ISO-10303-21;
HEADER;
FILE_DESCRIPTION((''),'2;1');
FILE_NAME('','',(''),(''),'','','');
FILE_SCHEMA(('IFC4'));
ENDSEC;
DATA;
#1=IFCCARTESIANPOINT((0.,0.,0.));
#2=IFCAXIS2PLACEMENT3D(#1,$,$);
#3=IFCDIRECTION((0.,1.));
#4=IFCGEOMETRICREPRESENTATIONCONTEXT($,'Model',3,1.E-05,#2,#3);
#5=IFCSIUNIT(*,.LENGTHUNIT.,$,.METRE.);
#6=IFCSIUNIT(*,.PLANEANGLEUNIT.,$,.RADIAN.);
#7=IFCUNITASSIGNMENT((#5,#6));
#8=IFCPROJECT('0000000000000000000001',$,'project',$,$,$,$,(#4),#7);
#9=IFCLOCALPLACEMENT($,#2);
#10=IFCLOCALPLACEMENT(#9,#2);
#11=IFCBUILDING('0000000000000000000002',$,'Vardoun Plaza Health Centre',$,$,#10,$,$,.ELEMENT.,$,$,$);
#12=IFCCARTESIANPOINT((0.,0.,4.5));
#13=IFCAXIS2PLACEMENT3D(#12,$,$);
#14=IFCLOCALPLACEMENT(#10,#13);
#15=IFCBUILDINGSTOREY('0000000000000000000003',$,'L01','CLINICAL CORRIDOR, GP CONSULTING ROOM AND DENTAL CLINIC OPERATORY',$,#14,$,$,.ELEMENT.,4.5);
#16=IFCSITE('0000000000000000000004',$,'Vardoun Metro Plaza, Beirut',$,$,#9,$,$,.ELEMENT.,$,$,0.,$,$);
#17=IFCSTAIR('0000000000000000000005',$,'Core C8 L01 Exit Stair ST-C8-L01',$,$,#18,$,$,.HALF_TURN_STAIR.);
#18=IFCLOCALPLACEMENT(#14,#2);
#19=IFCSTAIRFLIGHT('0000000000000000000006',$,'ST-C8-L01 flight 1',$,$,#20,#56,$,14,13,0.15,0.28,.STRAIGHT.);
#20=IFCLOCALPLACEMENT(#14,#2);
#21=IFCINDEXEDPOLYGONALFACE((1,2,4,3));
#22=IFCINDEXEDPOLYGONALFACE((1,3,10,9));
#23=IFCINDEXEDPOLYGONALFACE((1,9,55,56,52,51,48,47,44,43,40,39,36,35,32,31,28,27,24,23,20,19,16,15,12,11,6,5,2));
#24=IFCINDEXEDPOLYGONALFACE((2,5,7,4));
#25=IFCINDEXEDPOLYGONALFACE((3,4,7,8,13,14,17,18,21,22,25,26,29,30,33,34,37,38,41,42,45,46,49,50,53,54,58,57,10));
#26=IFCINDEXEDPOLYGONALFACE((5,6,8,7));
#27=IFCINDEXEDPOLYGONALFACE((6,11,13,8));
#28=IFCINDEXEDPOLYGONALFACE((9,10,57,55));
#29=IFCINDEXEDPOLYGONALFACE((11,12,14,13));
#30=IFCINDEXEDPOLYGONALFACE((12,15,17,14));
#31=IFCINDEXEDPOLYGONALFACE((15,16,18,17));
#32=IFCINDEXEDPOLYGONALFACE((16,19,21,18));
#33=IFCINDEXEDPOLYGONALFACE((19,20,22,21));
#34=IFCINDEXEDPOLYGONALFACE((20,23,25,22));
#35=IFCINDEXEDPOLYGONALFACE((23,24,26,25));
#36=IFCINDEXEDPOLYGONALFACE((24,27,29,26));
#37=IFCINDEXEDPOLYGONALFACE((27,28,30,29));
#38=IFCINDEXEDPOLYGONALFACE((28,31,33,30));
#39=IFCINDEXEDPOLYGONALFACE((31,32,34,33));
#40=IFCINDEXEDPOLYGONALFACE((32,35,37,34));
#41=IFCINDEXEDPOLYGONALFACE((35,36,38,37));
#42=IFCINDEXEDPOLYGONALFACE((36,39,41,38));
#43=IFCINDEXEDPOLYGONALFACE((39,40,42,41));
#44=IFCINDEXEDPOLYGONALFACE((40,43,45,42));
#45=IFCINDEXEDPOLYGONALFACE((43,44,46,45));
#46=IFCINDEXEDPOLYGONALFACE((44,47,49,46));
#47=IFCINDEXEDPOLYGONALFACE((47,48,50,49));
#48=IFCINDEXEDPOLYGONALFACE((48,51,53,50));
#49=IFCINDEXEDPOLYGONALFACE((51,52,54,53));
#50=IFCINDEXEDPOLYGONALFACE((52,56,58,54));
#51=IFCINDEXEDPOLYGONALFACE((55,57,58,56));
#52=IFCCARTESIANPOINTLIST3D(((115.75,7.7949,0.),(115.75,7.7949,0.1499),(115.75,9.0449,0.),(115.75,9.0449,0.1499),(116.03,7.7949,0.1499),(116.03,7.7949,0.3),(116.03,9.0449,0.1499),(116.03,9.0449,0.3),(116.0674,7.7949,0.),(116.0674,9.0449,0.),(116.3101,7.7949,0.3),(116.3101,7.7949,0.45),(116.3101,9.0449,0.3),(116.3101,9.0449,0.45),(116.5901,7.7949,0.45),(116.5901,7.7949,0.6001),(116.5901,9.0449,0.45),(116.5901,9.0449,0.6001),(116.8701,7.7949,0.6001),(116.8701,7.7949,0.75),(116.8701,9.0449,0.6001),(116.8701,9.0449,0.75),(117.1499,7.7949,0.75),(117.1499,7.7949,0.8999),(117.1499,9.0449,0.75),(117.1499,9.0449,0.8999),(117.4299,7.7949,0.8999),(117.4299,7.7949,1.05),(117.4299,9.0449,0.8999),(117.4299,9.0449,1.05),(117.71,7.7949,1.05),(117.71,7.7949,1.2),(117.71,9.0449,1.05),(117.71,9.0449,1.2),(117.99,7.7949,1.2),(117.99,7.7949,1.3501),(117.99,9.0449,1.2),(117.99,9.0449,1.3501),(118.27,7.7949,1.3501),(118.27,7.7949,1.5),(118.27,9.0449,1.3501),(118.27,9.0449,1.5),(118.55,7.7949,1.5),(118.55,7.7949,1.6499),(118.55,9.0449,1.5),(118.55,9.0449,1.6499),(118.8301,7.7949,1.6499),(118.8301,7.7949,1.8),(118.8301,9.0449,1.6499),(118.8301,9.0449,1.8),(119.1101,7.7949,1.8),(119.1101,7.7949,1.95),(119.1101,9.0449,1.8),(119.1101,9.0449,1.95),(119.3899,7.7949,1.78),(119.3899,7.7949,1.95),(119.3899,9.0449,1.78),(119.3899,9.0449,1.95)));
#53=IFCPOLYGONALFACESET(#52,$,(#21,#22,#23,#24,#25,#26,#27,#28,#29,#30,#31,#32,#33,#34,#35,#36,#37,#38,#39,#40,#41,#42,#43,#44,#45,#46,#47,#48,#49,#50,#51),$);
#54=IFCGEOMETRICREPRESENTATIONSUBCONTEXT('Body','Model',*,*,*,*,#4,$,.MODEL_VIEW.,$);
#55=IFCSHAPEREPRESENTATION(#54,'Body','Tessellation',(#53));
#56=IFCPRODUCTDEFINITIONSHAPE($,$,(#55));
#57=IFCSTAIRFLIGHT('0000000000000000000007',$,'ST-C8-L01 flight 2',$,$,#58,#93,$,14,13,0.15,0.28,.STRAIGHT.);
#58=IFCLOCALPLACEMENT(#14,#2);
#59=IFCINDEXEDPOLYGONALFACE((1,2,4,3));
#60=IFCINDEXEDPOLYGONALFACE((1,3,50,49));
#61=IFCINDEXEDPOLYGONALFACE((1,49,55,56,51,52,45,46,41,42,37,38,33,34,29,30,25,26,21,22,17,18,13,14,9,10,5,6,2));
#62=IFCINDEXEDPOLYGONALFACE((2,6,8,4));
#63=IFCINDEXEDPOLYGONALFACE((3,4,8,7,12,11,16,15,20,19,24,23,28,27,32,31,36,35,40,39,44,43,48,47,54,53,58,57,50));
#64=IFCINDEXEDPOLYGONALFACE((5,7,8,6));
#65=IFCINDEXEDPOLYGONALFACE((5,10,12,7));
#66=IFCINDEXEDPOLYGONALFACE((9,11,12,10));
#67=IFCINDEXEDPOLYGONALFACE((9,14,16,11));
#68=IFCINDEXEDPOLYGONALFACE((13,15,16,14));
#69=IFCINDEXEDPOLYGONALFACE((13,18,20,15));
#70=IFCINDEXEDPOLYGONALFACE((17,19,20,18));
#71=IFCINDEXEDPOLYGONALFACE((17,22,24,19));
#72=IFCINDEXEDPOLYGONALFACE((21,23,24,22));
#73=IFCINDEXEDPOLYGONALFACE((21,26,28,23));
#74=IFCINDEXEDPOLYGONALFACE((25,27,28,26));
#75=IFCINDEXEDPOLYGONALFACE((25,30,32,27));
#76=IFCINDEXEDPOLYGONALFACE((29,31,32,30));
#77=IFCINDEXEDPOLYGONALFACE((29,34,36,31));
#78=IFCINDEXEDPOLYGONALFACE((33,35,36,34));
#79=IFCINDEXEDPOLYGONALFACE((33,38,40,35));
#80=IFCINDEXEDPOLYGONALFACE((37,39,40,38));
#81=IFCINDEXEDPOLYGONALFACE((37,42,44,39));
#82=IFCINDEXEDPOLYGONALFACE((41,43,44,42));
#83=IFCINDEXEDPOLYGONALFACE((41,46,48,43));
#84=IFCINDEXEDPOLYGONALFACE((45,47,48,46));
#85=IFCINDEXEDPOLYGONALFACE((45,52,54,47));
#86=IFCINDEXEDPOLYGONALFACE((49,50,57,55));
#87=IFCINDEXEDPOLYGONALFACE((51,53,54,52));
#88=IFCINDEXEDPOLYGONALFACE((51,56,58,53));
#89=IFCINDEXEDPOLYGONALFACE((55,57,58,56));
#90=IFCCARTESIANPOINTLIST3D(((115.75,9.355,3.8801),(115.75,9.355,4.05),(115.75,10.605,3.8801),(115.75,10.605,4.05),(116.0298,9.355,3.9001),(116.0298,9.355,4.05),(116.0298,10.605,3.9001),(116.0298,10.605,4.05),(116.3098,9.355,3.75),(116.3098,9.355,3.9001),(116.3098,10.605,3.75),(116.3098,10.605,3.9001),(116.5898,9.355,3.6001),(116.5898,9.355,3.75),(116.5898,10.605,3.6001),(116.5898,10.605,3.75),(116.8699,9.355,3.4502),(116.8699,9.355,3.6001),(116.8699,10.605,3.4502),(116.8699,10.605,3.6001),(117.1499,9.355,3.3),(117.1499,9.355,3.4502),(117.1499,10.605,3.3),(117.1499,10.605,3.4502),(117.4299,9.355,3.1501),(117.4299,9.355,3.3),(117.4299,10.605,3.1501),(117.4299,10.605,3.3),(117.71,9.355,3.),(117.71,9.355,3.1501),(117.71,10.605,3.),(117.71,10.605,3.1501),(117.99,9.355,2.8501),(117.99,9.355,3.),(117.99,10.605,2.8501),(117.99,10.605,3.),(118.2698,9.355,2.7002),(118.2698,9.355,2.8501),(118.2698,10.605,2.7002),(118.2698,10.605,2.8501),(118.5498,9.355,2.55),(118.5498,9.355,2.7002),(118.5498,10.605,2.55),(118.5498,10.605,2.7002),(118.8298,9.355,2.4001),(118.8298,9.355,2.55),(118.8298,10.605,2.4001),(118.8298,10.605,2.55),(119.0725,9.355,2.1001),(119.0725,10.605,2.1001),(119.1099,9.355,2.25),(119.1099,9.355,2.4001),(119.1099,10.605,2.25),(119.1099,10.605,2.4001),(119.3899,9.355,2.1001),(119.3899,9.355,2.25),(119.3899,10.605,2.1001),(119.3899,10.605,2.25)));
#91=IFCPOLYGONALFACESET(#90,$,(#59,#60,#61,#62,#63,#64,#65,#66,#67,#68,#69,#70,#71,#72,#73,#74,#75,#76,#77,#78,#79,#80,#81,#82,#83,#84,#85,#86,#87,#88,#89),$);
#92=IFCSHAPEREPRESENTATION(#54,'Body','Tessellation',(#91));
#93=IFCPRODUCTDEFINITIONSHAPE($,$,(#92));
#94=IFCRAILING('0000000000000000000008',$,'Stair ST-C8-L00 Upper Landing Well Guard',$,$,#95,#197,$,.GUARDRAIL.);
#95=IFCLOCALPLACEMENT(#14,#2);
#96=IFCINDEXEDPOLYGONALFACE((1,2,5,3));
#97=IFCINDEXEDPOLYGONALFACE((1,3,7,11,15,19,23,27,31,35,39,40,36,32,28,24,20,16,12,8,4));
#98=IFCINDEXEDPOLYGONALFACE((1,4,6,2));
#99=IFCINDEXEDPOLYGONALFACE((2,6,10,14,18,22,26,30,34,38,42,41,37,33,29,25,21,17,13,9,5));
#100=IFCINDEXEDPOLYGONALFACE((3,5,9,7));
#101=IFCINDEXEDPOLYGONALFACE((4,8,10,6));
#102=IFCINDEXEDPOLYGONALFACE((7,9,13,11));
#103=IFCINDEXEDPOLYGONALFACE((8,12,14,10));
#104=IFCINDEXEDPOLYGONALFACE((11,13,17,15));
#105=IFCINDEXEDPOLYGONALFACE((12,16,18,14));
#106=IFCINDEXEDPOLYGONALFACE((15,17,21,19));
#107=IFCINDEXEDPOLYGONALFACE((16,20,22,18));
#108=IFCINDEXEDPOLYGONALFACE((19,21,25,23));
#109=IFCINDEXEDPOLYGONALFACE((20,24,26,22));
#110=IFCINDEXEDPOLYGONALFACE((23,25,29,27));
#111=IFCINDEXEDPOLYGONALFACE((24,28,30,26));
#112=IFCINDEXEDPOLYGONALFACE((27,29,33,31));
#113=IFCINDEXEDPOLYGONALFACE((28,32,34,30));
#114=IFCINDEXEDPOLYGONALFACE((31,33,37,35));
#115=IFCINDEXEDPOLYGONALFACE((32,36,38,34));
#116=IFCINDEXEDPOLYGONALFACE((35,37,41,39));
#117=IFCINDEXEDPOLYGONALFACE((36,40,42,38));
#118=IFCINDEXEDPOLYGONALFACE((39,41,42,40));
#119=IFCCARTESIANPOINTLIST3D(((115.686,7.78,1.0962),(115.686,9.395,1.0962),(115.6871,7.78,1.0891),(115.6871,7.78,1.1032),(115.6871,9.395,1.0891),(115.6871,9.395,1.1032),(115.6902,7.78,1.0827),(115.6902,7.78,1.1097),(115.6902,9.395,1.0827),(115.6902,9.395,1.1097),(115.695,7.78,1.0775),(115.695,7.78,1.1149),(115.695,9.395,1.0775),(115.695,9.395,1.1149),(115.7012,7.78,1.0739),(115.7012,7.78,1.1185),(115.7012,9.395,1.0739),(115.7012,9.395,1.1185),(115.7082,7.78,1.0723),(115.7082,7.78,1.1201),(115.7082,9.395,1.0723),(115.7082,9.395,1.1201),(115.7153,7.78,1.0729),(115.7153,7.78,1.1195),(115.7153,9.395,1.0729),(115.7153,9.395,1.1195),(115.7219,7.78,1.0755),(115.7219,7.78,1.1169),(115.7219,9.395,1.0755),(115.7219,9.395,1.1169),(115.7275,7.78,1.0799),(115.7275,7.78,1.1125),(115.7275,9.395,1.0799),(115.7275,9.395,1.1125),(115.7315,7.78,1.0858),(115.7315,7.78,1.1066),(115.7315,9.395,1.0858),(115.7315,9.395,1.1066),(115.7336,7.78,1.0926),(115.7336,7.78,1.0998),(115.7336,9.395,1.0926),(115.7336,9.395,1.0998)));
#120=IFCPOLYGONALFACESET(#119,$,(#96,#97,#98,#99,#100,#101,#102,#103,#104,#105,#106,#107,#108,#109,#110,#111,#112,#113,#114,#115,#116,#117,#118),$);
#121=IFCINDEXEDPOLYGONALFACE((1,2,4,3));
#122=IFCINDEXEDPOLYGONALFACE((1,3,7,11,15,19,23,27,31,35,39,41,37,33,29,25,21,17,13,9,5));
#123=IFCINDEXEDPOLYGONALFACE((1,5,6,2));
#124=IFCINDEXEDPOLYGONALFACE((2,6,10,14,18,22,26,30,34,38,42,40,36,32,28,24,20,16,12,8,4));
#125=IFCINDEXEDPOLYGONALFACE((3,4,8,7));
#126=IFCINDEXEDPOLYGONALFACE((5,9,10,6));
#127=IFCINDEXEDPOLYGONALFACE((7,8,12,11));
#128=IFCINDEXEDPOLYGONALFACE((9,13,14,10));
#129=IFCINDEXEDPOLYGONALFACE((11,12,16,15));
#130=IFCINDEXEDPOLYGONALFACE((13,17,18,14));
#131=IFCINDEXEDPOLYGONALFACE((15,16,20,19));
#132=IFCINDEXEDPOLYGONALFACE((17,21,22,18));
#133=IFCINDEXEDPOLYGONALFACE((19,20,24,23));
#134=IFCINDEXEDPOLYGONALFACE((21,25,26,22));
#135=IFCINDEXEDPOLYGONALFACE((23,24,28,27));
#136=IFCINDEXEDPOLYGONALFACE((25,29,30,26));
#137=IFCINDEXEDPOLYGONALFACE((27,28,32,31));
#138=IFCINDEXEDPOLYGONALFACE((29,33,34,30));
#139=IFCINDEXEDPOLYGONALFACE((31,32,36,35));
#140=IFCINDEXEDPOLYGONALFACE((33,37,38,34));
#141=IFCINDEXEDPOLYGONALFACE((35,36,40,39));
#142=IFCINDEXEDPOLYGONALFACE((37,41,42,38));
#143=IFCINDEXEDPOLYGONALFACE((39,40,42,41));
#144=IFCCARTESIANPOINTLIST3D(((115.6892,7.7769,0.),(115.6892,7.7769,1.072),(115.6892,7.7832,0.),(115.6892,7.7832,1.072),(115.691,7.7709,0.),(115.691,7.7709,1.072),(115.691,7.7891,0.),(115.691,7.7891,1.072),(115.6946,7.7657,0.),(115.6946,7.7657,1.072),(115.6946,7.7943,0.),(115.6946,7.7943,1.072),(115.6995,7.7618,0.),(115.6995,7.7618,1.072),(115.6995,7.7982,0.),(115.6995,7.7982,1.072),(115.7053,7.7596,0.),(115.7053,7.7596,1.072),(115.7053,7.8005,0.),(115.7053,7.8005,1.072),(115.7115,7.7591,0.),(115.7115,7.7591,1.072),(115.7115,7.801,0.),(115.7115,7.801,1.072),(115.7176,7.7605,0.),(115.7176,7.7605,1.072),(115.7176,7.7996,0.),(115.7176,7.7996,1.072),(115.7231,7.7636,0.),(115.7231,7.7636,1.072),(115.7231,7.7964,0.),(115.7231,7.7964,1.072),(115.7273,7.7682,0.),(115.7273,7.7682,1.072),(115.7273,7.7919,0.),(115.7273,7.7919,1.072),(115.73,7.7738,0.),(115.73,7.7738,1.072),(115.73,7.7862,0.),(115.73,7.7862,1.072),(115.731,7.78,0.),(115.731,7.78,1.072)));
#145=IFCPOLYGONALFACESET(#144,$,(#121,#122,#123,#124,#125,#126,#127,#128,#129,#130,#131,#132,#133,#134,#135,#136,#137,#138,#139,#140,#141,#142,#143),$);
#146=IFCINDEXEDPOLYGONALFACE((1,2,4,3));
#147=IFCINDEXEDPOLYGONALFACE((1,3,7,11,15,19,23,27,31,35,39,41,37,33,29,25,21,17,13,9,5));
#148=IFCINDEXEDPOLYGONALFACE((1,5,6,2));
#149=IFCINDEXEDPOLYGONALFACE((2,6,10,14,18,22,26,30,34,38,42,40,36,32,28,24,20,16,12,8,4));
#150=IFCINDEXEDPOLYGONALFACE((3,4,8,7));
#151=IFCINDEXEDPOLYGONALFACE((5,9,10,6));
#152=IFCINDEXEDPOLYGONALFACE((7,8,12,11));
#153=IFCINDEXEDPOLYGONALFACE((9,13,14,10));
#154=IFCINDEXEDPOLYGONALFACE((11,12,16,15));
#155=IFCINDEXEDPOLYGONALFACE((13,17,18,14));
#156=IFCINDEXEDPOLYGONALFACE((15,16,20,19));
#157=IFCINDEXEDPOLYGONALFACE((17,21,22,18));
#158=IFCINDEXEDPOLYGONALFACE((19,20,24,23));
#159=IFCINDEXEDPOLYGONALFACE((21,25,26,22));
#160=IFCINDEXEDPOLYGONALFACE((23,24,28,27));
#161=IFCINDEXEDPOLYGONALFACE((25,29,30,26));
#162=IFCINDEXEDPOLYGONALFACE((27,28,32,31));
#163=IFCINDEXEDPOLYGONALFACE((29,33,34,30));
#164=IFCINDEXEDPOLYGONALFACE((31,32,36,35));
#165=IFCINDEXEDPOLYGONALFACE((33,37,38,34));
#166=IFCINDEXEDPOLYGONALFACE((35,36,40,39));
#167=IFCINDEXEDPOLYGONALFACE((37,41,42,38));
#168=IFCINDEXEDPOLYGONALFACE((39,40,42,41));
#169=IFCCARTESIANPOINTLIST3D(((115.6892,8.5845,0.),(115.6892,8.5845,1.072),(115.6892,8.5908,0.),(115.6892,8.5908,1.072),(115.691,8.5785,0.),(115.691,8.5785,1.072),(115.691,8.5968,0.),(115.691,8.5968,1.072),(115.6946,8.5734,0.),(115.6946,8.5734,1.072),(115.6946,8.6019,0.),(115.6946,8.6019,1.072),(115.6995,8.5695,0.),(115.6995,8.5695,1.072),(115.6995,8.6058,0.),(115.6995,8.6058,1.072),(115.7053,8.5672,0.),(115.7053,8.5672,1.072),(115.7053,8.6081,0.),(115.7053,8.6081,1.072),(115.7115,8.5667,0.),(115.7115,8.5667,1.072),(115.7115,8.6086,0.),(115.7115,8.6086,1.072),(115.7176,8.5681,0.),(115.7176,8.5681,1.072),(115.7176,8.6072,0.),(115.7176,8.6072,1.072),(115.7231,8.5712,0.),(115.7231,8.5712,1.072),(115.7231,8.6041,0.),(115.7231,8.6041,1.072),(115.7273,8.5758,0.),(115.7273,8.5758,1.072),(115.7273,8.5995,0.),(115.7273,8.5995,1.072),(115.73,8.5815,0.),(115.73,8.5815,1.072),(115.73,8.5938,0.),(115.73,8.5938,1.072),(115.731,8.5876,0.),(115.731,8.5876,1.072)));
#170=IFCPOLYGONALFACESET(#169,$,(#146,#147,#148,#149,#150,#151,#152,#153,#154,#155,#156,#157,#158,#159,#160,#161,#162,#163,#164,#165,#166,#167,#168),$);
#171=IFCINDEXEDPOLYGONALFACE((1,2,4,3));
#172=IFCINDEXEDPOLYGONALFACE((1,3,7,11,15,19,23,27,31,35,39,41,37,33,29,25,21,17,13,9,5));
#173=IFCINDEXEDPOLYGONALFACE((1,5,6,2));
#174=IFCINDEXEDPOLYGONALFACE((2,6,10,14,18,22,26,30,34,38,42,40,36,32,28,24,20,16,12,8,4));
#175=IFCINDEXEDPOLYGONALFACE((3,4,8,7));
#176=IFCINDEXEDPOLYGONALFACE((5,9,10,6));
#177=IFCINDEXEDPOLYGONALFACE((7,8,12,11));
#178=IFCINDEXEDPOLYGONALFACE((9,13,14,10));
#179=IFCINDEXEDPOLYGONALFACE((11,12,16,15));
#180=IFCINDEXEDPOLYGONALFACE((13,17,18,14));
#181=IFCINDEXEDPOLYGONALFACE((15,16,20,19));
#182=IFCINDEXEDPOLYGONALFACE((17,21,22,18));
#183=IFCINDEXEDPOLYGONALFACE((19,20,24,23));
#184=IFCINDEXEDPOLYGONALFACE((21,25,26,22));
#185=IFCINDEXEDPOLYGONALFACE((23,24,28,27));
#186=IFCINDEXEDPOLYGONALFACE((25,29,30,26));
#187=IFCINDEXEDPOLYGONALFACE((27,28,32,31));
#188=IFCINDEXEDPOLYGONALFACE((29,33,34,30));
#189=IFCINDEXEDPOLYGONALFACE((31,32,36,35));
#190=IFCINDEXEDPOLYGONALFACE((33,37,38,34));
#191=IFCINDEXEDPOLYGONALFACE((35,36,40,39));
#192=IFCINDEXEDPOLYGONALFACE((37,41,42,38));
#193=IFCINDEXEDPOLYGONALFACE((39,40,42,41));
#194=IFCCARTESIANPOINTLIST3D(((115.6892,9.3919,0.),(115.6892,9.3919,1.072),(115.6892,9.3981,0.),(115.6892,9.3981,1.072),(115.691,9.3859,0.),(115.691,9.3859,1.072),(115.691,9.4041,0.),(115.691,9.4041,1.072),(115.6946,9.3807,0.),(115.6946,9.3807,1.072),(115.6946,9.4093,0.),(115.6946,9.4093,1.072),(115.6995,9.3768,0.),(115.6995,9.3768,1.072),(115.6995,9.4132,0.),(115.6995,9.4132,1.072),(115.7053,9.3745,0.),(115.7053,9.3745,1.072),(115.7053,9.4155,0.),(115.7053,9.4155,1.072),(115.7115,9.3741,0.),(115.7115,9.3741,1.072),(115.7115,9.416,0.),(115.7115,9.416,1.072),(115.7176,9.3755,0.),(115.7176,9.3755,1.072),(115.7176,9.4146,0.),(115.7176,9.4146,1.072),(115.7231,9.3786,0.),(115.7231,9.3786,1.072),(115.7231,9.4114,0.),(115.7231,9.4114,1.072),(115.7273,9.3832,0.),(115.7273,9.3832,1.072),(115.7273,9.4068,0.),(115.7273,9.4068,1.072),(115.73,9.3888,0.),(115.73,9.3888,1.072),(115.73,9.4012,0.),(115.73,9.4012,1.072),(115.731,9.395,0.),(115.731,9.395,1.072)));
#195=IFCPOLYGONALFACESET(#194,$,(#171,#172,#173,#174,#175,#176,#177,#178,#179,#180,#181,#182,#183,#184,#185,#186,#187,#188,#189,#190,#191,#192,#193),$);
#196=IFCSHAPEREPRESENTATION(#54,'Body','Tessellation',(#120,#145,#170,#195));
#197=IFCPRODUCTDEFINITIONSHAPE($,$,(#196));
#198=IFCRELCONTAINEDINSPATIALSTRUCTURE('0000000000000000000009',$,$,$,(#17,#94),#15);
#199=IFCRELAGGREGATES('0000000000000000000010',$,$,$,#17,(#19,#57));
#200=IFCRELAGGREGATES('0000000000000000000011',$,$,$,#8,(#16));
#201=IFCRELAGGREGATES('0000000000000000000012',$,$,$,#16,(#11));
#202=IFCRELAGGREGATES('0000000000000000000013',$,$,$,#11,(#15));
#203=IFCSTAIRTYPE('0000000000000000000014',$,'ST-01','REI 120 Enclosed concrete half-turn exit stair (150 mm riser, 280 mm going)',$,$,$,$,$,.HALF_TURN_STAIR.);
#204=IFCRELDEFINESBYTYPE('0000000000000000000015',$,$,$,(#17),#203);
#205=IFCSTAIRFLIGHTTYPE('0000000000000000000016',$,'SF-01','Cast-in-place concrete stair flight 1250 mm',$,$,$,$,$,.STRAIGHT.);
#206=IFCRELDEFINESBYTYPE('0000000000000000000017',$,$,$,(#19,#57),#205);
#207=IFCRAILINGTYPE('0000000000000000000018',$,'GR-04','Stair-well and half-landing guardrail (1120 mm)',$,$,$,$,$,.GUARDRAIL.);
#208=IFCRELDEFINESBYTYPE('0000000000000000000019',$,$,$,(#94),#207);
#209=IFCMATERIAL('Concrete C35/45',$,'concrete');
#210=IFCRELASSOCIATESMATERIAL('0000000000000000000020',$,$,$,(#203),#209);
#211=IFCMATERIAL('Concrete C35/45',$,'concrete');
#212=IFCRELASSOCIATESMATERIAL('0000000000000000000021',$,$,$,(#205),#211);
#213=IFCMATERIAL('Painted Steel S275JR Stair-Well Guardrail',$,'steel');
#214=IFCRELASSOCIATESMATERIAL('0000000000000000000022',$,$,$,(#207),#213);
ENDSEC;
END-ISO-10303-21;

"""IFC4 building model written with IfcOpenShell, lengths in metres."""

from ifc_helpers import new_model, si_unit, direction, frame, origin, origin_2d, place, context, subcontext, project, spatial, polyline, circle, outline, extrude, material, type_object, element, aggregate, save


model = new_model("IFC4")

# Units and contexts
model_context = context("Model", 3, precision=1e-05, world=origin(), true_north=direction((0.0, 1.0)))
body_context = subcontext(model_context, "Body", "Model", "MODEL_VIEW")
ifc_project = project(units=[si_unit("LENGTHUNIT", "METRE"), si_unit("PLANEANGLEUNIT", "RADIAN")], contexts=[model_context])

# Site, building, storey
site_placement = place(None, origin())
site = spatial("IfcSite", under=ifc_project, at=site_placement, Name="Vardoun Metro Plaza, Beirut", CompositionType="ELEMENT", RefElevation=0.0)
building_placement = place(site_placement, origin())
building = spatial("IfcBuilding", under=site, at=building_placement, Name="Vardoun Plaza Health Centre", CompositionType="ELEMENT")
storey_placement = place(building_placement, frame((0.0, 0.0, 4.5)))
storey = spatial("IfcBuildingStorey", under=building, at=storey_placement, Name="L01", Description="CLINICAL CORRIDOR, GP CONSULTING ROOM AND DENTAL CLINIC OPERATORY", CompositionType="ELEMENT", Elevation=4.5)

# Stair, stair flights
ifc_material_1 = material(Name="Concrete C35/45", Category="concrete")
stair_type = type_object("IfcStairType", Name="ST-01", Description="REI 120 Enclosed concrete half-turn exit stair (150 mm riser, 280 mm going)", PredefinedType="HALF_TURN_STAIR", material=ifc_material_1)
stair_placement = place(storey_placement, origin())
stair = element("IfcStair", 1, at=stair_placement, inside=storey, type_object=stair_type, Name="Core C8 L01 Exit Stair ST-C8-L01", PredefinedType="HALF_TURN_STAIR")
ifc_material_2 = material(Name="Concrete C35/45", Category="concrete")
stair_flight_type = type_object("IfcStairFlightType", Name="SF-01", Description="Cast-in-place concrete stair flight 1250 mm", PredefinedType="STRAIGHT", material=ifc_material_2)
stair_flight_1_placement = place(storey_placement, frame((115.75, 8.4199, 0.0), z_axis=(0.0, 0.0, 1.0), x_axis=(1.0, 0.0, 0.0)))
stair_flight_1 = element("IfcStairFlight", 2, at=stair_flight_1_placement, type_object=stair_flight_type, Name="ST-C8-L01 flight 1", NumberOfRisers=14, NumberOfTreads=13, PredefinedType="STRAIGHT", RiserHeight=0.15, TreadLength=0.28, context=body_context, shape_type="SweptSolid", body=[
    extrude(outline(polyline([(0.0, 0.0), (0.0, 0.1499), (0.28, 0.1499), (0.28, 0.3), (0.5601, 0.3), (0.5601, 0.45), (0.8401, 0.45), (0.8401, 0.6001), (1.1201, 0.6001), (1.1201, 0.75), (1.3999, 0.75), (1.3999, 0.8999), (1.6799, 0.8999), (1.6799, 1.05), (1.96, 1.05), (1.96, 1.2), (2.24, 1.2), (2.24, 1.3501), (2.52, 1.3501), (2.52, 1.5), (2.8, 1.5), (2.8, 1.6499), (3.0801, 1.6499), (3.0801, 1.8), (3.3601, 1.8), (3.3601, 1.95), (3.6399, 1.95), (3.6399, 2.1001), (3.6399, 1.78), (0.3174, 0.0), (0.0, 0.0)])), frame((0.0, 0.625, 0.0), z_axis=(0.0, -1.0, 0.0), x_axis=(1.0, 0.0, 0.0)), (0.0, 0.0, 1.0), 1.25),
])
stair_flight_2_placement = place(storey_placement, frame((119.3899, 9.98, 2.1001), z_axis=(0.0, 0.0, 1.0), x_axis=(-1.0, 0.0, 0.0)))
stair_flight_2 = element("IfcStairFlight", 3, at=stair_flight_2_placement, type_object=stair_flight_type, Name="ST-C8-L01 flight 2", NumberOfRisers=14, NumberOfTreads=13, PredefinedType="STRAIGHT", RiserHeight=0.15, TreadLength=0.28, context=body_context, shape_type="SweptSolid", body=[
    extrude(outline(polyline([(0.0, 0.0), (0.0, 0.1499), (0.28, 0.1499), (0.28, 0.3), (0.5601, 0.3), (0.5601, 0.45), (0.8401, 0.45), (0.8401, 0.6001), (1.1201, 0.6001), (1.1201, 0.75), (1.3999, 0.75), (1.3999, 0.8999), (1.6799, 0.8999), (1.6799, 1.05), (1.96, 1.05), (1.96, 1.2), (2.24, 1.2), (2.24, 1.3501), (2.52, 1.3501), (2.52, 1.5), (2.8, 1.5), (2.8, 1.6499), (3.0801, 1.6499), (3.0801, 1.8), (3.3601, 1.8), (3.3601, 1.95), (3.6399, 1.95), (3.6399, 2.1001), (3.6399, 1.78), (0.3174, 0.0), (0.0, 0.0)])), frame((0.0, 0.625, 0.0), z_axis=(0.0, -1.0, 0.0), x_axis=(1.0, 0.0, 0.0)), (0.0, 0.0, 1.0), 1.25),
])
aggregate(stair, [stair_flight_1, stair_flight_2])

# Railing
ifc_material_3 = material(Name="Painted Steel S275JR Stair-Well Guardrail", Category="steel")
railing_type_1 = type_object("IfcRailingType", Name="GR-04", Description="Stair-well and half-landing guardrail (1120 mm)", PredefinedType="GUARDRAIL", material=ifc_material_3)
railing_1_placement = place(storey_placement, frame((115.71, 7.78, 0.0)))
element("IfcRailing", 4, at=railing_1_placement, inside=storey, type_object=railing_type_1, Name="Stair ST-C8-L00 Upper Landing Well Guard", PredefinedType="GUARDRAIL", context=body_context, shape_type="SweptSolid", body=[
    extrude(circle(Radius=0.0239, at=origin_2d()), frame((0.0, 0.0, 1.0962), z_axis=(0.0, 1.0, 0.0), x_axis=(-1.0, 0.0, 0.0)), (0.0, 0.0, 1.0), 1.615),
    extrude(circle(Radius=0.021, at=origin_2d()), origin(), (0.0, 0.0, 1.0), 1.072),
    extrude(circle(Radius=0.021, at=origin_2d()), frame((0.0, 0.8076, 0.0)), (0.0, 0.0, 1.0), 1.072),
    extrude(circle(Radius=0.021, at=origin_2d()), frame((0.0, 1.615, 0.0)), (0.0, 0.0, 1.0), 1.072),
])

save(model, "model.ifc")
